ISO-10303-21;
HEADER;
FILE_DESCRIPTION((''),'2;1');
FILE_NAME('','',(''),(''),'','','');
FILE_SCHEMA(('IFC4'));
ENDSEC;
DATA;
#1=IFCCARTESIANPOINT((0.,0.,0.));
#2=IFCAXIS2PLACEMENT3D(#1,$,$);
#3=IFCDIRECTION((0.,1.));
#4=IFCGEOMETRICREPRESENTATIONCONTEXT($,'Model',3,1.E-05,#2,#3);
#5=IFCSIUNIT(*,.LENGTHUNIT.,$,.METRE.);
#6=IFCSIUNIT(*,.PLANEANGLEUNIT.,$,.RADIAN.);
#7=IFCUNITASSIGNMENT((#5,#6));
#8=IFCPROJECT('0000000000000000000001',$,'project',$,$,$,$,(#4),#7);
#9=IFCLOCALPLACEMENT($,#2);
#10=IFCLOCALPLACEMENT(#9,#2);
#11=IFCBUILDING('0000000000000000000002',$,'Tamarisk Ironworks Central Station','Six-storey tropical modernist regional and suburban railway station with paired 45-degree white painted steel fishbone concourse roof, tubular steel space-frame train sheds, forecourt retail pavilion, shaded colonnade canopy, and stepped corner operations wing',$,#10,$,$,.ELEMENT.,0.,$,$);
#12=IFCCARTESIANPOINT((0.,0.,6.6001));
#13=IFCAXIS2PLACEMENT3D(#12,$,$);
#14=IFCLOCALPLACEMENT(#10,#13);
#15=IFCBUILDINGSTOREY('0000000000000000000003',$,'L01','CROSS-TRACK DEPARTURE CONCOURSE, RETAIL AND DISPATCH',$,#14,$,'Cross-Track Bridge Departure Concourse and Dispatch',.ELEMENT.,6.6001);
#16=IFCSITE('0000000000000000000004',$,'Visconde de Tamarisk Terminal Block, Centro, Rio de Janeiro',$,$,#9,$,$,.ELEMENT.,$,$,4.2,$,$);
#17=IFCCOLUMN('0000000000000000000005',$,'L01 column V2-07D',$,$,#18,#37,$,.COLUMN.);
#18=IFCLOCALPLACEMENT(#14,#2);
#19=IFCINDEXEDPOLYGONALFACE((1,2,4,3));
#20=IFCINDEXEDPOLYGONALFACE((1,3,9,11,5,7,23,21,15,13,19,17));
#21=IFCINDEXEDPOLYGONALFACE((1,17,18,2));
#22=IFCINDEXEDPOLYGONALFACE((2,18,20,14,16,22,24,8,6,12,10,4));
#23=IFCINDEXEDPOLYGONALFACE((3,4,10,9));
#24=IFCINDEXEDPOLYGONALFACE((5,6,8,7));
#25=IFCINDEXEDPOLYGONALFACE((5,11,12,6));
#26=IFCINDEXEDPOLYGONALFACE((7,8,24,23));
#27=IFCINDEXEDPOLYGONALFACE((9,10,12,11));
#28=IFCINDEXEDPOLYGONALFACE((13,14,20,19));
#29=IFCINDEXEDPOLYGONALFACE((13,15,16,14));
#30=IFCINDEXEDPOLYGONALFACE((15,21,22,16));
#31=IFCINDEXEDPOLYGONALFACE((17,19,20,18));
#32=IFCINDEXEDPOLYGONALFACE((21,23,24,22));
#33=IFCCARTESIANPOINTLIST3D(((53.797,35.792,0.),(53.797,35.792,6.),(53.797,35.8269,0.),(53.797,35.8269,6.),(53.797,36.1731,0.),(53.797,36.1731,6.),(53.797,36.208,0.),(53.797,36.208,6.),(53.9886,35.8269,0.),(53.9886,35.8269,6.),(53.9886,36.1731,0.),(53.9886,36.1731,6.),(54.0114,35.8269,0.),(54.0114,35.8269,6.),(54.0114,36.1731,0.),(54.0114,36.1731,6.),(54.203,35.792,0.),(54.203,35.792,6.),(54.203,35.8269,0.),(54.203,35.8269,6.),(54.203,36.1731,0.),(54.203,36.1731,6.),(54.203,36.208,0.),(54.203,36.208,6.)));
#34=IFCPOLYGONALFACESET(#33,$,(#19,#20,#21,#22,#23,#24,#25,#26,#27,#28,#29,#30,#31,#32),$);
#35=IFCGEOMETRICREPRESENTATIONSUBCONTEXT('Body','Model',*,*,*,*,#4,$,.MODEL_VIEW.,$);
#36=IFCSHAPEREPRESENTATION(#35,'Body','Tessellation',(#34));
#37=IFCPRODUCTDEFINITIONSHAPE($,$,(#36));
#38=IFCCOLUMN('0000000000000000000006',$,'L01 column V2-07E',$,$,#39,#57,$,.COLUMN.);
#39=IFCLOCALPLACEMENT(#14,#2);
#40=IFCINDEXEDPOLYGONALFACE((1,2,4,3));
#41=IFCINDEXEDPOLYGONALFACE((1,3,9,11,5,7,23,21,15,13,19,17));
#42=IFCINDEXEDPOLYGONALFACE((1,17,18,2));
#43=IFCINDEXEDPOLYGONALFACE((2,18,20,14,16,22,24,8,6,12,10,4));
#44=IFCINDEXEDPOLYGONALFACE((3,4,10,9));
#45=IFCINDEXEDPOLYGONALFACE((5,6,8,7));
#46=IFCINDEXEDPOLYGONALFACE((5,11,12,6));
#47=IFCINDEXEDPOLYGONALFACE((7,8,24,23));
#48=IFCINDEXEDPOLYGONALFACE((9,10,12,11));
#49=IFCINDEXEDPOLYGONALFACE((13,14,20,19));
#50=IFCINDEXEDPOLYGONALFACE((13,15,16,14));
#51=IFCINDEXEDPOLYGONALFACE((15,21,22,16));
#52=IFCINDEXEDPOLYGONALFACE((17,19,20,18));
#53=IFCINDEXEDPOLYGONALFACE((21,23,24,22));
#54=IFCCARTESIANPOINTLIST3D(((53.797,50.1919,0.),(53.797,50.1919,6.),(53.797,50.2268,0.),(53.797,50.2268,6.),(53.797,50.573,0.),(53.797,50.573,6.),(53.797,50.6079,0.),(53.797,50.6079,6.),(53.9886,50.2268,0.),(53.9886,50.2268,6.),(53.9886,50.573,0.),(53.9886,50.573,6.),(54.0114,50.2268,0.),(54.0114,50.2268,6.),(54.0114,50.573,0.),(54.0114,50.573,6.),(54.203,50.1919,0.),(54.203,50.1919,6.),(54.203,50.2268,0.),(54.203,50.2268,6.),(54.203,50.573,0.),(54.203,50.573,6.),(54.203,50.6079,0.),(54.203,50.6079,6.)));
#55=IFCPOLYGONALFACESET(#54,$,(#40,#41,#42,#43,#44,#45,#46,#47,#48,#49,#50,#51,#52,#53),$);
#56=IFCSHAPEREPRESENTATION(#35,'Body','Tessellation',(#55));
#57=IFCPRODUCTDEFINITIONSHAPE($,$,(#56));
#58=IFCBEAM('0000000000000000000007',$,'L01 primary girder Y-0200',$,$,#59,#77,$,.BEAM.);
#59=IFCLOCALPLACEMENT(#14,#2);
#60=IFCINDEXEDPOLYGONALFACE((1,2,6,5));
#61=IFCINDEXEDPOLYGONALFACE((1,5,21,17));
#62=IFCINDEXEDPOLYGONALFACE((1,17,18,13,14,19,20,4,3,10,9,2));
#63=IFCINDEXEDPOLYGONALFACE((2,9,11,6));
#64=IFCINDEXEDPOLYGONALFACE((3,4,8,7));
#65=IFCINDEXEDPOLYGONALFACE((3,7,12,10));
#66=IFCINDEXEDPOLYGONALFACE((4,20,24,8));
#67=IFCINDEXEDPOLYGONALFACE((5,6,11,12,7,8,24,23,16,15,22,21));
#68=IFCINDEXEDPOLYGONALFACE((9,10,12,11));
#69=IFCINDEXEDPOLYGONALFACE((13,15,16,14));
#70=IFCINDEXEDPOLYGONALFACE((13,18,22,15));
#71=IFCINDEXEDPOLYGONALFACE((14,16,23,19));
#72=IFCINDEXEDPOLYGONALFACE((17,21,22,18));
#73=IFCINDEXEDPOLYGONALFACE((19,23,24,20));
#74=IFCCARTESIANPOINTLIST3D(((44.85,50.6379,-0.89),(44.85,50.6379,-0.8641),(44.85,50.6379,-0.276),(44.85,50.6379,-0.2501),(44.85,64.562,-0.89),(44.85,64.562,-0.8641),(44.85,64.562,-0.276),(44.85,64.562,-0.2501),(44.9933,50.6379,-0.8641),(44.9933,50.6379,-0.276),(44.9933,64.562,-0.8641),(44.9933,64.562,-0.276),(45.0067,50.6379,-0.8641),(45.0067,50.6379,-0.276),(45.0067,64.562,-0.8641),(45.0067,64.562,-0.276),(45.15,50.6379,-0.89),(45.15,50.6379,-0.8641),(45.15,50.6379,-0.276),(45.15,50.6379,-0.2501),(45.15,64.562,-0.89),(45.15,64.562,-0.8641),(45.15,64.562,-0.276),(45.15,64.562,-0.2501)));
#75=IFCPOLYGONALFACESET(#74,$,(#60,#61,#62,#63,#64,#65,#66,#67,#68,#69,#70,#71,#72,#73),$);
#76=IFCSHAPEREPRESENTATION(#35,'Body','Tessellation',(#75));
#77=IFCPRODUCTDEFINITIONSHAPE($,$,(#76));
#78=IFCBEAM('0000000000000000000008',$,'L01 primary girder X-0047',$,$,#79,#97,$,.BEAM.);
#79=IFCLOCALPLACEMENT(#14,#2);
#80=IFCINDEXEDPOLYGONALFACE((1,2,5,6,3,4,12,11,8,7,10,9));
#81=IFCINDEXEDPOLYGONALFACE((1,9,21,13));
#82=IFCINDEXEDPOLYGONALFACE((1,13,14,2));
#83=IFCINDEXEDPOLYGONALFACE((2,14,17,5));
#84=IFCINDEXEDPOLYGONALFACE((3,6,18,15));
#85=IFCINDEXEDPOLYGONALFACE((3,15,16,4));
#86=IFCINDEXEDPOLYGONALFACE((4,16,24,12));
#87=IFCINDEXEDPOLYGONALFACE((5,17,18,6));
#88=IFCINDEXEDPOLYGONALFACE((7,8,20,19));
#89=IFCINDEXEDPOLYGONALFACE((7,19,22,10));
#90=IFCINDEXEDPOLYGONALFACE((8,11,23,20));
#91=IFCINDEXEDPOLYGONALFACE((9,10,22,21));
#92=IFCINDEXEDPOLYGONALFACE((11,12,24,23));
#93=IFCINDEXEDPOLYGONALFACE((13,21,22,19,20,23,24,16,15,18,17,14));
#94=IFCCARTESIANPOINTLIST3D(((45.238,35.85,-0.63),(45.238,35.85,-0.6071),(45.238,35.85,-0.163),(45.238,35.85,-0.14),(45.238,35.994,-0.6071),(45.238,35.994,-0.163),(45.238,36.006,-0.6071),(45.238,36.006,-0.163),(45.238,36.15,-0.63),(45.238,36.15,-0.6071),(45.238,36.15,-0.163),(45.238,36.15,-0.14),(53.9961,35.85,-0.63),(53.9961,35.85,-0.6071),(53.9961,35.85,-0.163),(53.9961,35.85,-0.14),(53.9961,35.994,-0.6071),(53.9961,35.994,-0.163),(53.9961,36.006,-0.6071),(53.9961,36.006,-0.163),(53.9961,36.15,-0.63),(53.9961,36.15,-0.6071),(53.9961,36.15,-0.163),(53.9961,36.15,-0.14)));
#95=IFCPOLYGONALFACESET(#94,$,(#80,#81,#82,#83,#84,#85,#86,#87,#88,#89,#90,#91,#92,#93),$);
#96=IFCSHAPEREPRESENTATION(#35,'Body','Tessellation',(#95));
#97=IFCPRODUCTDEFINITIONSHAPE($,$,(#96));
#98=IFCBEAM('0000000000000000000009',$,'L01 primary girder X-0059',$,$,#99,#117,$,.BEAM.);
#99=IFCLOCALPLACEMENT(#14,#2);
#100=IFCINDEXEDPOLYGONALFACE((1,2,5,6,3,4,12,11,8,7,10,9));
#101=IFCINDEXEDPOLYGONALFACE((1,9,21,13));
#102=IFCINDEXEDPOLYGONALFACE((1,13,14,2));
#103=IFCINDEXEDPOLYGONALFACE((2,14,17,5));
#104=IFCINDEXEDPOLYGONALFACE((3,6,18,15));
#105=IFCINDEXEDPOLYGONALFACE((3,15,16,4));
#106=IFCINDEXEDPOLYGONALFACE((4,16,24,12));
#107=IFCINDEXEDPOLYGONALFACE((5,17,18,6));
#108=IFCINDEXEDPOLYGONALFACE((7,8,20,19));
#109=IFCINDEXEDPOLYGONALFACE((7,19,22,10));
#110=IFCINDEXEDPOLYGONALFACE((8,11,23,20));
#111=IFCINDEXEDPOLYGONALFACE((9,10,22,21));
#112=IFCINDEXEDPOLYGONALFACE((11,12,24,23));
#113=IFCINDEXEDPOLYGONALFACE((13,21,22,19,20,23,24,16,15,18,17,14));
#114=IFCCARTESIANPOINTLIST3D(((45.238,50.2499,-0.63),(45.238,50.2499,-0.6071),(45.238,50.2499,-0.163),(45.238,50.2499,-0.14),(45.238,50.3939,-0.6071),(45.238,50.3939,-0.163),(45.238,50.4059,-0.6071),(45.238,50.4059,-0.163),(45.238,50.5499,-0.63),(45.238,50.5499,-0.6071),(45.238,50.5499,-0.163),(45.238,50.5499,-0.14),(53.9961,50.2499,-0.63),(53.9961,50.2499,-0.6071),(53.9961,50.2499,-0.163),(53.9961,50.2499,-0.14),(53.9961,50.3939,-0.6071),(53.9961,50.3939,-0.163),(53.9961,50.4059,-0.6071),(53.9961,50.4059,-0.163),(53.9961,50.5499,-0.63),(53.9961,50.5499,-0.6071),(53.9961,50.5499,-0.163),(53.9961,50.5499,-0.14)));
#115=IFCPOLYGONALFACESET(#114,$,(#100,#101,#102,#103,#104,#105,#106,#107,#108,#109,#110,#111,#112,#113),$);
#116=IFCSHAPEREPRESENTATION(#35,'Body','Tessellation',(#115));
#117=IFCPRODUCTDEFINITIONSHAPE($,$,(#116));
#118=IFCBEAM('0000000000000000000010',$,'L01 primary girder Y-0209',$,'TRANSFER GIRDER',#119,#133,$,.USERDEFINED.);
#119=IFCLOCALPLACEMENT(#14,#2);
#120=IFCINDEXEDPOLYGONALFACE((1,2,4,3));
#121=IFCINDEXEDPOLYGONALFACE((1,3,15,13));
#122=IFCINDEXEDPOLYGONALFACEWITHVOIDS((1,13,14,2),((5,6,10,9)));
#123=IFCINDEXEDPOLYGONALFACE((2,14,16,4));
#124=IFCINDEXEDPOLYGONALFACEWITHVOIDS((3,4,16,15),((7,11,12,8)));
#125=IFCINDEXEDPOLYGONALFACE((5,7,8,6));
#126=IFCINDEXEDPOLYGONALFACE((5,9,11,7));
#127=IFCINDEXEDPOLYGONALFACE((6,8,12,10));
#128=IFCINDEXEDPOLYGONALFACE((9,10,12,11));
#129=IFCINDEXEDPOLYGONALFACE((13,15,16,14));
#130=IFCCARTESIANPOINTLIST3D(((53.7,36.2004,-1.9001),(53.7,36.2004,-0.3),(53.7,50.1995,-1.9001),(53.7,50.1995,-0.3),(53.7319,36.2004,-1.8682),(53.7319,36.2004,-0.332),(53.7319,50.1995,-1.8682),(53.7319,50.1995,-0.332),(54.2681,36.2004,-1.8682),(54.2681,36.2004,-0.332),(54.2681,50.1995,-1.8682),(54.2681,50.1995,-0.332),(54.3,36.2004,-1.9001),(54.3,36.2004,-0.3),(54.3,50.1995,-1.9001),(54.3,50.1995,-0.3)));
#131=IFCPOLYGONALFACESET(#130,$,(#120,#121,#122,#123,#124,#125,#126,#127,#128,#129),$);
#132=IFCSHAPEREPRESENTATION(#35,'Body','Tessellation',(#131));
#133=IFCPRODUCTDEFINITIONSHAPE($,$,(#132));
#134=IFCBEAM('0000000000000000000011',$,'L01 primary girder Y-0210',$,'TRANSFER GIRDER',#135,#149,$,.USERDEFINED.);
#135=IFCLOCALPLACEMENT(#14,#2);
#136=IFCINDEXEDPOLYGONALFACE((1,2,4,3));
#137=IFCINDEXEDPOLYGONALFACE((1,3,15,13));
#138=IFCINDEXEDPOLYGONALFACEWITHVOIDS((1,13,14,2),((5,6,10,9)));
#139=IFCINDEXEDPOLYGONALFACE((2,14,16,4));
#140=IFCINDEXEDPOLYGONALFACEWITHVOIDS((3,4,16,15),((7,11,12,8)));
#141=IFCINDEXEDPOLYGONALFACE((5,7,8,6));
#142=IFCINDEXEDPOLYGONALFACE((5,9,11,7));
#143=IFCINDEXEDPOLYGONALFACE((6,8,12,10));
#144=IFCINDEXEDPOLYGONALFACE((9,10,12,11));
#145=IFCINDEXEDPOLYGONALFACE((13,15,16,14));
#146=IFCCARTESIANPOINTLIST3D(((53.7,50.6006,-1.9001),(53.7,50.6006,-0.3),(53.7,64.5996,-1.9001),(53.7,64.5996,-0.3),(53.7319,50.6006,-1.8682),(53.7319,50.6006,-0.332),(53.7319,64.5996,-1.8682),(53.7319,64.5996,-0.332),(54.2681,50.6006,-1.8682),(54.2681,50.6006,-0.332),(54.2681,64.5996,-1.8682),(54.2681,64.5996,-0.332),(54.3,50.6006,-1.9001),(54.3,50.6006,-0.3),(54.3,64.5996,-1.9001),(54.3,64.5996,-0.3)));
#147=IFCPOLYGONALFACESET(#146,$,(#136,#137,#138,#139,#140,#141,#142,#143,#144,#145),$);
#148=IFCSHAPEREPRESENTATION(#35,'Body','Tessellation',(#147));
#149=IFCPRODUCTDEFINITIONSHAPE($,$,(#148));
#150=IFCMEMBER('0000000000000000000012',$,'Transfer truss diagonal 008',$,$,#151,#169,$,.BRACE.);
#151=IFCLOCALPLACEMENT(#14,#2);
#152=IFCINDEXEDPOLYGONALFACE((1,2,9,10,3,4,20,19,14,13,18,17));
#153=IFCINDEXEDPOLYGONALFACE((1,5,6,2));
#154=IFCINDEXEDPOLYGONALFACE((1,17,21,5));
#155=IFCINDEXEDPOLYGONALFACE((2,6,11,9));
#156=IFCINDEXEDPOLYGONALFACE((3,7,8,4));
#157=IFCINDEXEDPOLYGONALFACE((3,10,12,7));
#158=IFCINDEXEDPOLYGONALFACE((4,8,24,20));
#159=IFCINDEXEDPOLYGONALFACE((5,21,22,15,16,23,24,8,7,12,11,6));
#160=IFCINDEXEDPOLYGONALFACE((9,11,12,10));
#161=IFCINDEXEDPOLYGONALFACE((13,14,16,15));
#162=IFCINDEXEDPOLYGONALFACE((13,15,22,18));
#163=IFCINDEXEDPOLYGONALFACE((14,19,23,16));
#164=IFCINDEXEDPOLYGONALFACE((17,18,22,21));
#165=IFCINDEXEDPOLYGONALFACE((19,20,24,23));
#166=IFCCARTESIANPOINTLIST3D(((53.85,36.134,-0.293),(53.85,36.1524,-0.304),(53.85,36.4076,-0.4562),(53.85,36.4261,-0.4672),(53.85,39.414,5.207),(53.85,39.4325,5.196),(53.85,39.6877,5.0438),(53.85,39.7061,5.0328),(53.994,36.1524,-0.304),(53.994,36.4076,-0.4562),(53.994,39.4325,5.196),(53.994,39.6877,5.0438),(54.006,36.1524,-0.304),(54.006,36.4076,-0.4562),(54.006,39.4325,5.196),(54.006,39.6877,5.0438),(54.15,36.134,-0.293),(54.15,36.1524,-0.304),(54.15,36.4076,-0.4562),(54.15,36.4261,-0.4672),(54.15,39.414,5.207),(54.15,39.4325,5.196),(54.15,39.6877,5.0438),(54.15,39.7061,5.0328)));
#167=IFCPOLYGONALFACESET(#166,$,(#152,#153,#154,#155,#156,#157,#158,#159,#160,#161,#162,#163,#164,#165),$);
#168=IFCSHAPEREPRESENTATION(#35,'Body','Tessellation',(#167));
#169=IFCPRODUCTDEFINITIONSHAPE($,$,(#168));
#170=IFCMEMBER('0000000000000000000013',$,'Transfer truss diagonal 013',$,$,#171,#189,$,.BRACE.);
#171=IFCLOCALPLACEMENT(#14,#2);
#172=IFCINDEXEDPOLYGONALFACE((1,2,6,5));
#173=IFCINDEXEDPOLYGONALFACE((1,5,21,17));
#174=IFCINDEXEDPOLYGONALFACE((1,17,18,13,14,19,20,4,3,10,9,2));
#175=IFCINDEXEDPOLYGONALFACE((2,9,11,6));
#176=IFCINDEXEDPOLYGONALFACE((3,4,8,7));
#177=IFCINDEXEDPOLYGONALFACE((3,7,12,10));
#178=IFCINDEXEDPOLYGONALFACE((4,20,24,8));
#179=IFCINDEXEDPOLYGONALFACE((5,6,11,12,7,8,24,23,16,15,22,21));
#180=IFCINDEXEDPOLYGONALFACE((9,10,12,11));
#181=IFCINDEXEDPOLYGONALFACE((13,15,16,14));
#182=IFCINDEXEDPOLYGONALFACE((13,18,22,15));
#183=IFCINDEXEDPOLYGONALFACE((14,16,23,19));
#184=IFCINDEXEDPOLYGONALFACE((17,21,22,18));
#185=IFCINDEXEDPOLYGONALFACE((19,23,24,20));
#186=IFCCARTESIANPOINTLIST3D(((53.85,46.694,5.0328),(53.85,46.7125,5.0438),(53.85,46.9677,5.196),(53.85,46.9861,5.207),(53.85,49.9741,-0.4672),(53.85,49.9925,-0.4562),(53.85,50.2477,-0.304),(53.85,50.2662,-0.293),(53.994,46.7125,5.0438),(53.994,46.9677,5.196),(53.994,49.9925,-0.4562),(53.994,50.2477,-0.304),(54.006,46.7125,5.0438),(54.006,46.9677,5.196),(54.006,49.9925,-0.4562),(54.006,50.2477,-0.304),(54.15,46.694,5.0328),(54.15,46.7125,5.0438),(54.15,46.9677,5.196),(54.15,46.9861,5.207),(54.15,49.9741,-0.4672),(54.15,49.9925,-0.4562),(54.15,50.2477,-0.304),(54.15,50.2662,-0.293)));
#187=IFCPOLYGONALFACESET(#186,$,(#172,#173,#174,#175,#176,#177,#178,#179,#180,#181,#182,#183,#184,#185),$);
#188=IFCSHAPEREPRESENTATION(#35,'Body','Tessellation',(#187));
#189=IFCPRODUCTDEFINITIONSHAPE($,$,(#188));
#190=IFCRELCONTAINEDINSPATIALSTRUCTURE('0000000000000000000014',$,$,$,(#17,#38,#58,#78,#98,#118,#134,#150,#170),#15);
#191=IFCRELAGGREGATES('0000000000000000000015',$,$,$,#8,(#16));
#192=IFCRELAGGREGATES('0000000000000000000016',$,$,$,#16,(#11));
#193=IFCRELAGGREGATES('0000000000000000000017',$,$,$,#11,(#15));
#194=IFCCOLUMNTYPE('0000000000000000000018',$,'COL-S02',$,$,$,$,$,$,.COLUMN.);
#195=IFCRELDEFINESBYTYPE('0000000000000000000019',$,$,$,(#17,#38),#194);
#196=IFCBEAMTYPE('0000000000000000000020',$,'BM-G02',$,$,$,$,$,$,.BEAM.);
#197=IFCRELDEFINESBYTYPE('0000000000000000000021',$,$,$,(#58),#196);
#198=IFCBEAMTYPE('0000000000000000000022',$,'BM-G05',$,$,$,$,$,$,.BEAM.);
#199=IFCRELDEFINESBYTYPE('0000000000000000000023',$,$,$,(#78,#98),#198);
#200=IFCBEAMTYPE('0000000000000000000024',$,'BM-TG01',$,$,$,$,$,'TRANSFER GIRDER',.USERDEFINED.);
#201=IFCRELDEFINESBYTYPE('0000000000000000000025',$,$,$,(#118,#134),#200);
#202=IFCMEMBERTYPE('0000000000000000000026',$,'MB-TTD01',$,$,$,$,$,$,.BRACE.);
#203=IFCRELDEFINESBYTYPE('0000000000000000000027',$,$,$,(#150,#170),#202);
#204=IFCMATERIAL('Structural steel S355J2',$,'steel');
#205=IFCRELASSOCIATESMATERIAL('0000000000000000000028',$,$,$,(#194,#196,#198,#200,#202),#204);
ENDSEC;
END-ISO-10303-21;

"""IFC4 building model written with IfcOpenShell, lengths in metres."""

from ifc_helpers import new_model, si_unit, direction, frame, origin, origin_2d, place, context, subcontext, project, spatial, hollow_rectangle, i_section, extrude, material, material_profile, profile_set, type_object, element, save


model = new_model("IFC4")

# Units and contexts
model_context = context("Model", 3, precision=1e-05, world=origin(), true_north=direction((0.0, 1.0)))
body_context = subcontext(model_context, "Body", "Model", "MODEL_VIEW")
ifc_project = project(units=[si_unit("LENGTHUNIT", "METRE"), si_unit("PLANEANGLEUNIT", "RADIAN")], contexts=[model_context])

# Site, building, storey
site_placement = place(None, origin())
site = spatial("IfcSite", under=ifc_project, at=site_placement, Name="Visconde de Tamarisk Terminal Block, Centro, Rio de Janeiro", CompositionType="ELEMENT", RefElevation=4.2)
building_placement = place(site_placement, origin())
building = spatial("IfcBuilding", under=site, at=building_placement, Name="Tamarisk Ironworks Central Station", Description="Six-storey tropical modernist regional and suburban railway station with paired 45-degree white painted steel fishbone concourse roof, tubular steel space-frame train sheds, forecourt retail pavilion, shaded colonnade canopy, and stepped corner operations wing", CompositionType="ELEMENT", ElevationOfRefHeight=0.0)
storey_placement = place(building_placement, frame((0.0, 0.0, 6.6001)))
storey = spatial("IfcBuildingStorey", under=building, at=storey_placement, Name="L01", Description="CROSS-TRACK DEPARTURE CONCOURSE, RETAIL AND DISPATCH", LongName="Cross-Track Bridge Departure Concourse and Dispatch", CompositionType="ELEMENT", Elevation=6.6001)

# Columns
ifc_material = material(Name="Structural steel S355J2", Category="steel")
ifc_material_profile_1 = material_profile(ifc_material, i_section(OverallWidth=0.406, OverallDepth=0.416, WebThickness=0.0227, FlangeThickness=0.0349, at=origin_2d()), Name="HD 400x382")
ifc_profile_set_1 = profile_set([ifc_material_profile_1], Name="Structural steel S355J2")
column_type = type_object("IfcColumnType", Name="COL-S02", PredefinedType="COLUMN", material=ifc_profile_set_1)
for number, where, z_axis, x_axis, name in (
    (1, (54.0, 36.0, 0.0), (0.0, 0.0, 1.0), (1.0, 0.0, 0.0), "L01 column V2-07D"),
    (2, (54.0, 50.3999, 0.0), (0.0, 0.0, 1.0), (1.0, 0.0, 0.0), "L01 column V2-07E"),
):
    element("IfcColumn", number, at=place(storey_placement, frame(where, z_axis=z_axis, x_axis=x_axis)), inside=storey, type_object=column_type, Name=name, PredefinedType="COLUMN", context=body_context, shape_type="SweptSolid", body=[
        extrude(i_section(OverallWidth=0.406, OverallDepth=0.416, WebThickness=0.0227, FlangeThickness=0.0349, at=origin_2d()), origin(), (0.0, 0.0, 1.0), 6.0),
    ])

# Beams
ifc_material_profile_2 = material_profile(ifc_material, i_section(OverallWidth=0.3, OverallDepth=0.6399, WebThickness=0.0134, FlangeThickness=0.0259, at=origin_2d()), Name="HEA 650")
ifc_profile_set_2 = profile_set([ifc_material_profile_2], Name="Structural steel S355J2")
beam_type_1 = type_object("IfcBeamType", Name="BM-G02", PredefinedType="BEAM", material=ifc_profile_set_2)
beam_placement = place(storey_placement, frame((45.0, 50.6379, -0.5701), z_axis=(0.0, 1.0, 0.0), x_axis=(-1.0, 0.0, 0.0)))
element("IfcBeam", 3, at=beam_placement, inside=storey, type_object=beam_type_1, Name="L01 primary girder Y-0200", PredefinedType="BEAM", context=body_context, shape_type="SweptSolid", body=[
    extrude(i_section(OverallWidth=0.3, OverallDepth=0.6399, WebThickness=0.0134, FlangeThickness=0.0259, at=origin_2d()), origin(), (0.0, 0.0, 1.0), 13.9241),
])
ifc_material_profile_3 = material_profile(ifc_material, i_section(OverallWidth=0.3, OverallDepth=0.49, WebThickness=0.012, FlangeThickness=0.0229, at=origin_2d()), Name="HEA 500")
ifc_profile_set_3 = profile_set([ifc_material_profile_3], Name="Structural steel S355J2")
beam_type_2 = type_object("IfcBeamType", Name="BM-G05", PredefinedType="BEAM", material=ifc_profile_set_3)
for number, where, z_axis, x_axis, name in (
    (4, (45.238, 36.0, -0.385), (1.0, 0.0, 0.0), (0.0, 1.0, 0.0), "L01 primary girder X-0047"),
    (5, (45.238, 50.3999, -0.385), (1.0, 0.0, 0.0), (0.0, 1.0, 0.0), "L01 primary girder X-0059"),
):
    element("IfcBeam", number, at=place(storey_placement, frame(where, z_axis=z_axis, x_axis=x_axis)), inside=storey, type_object=beam_type_2, Name=name, PredefinedType="BEAM", context=body_context, shape_type="SweptSolid", body=[
        extrude(i_section(OverallWidth=0.3, OverallDepth=0.49, WebThickness=0.012, FlangeThickness=0.0229, at=origin_2d()), origin(), (0.0, 0.0, 1.0), 8.7581),
    ])
ifc_material_profile_4 = material_profile(ifc_material, hollow_rectangle(XDim=0.6001, YDim=1.6001, WallThickness=0.032, at=origin_2d()), Name="BOX 600x1600x32")
ifc_profile_set_4 = profile_set([ifc_material_profile_4], Name="Structural steel S355J2")
beam_type_3 = type_object("IfcBeamType", Name="BM-TG01", ElementType="TRANSFER GIRDER", PredefinedType="USERDEFINED", material=ifc_profile_set_4)
for number, where, z_axis, x_axis, name in (
    (6, (54.0, 36.2004, -1.1001), (0.0, 1.0, 0.0), (-1.0, 0.0, 0.0), "L01 primary girder Y-0209"),
    (7, (54.0, 50.6006, -1.1001), (0.0, 1.0, 0.0), (-1.0, 0.0, 0.0), "L01 primary girder Y-0210"),
):
    element("IfcBeam", number, at=place(storey_placement, frame(where, z_axis=z_axis, x_axis=x_axis)), inside=storey, type_object=beam_type_3, Name=name, ObjectType="TRANSFER GIRDER", PredefinedType="USERDEFINED", context=body_context, shape_type="SweptSolid", body=[
        extrude(hollow_rectangle(XDim=0.6001, YDim=1.6001, WallThickness=0.032, at=origin_2d()), origin(), (0.0, 0.0, 1.0), 13.999),
    ])

# Members
ifc_material_profile_5 = material_profile(ifc_material, i_section(OverallWidth=0.3, OverallDepth=0.3401, WebThickness=0.012, FlangeThickness=0.0215, at=origin_2d()), Name="HEB 340")
ifc_profile_set_5 = profile_set([ifc_material_profile_5], Name="Structural steel S355J2")
member_type_1 = type_object("IfcMemberType", Name="MB-TTD01", PredefinedType="BRACE", material=ifc_profile_set_5)
for number, where, z_axis, x_axis, name in (
    (8, (54.0, 36.28, -0.3801), (0.0, 0.512201, 0.858866), (-1.0, 0.0, 0.0), "Transfer truss diagonal 008"),
    (9, (54.0, 46.8401, 5.1199), (0.0, 0.512201, -0.858866), (-1.0, 0.0, 0.0), "Transfer truss diagonal 013"),
):
    element("IfcMember", number, at=place(storey_placement, frame(where, z_axis=z_axis, x_axis=x_axis)), inside=storey, type_object=member_type_1, Name=name, PredefinedType="BRACE", context=body_context, shape_type="SweptSolid", body=[
        extrude(i_section(OverallWidth=0.3, OverallDepth=0.3401, WebThickness=0.012, FlangeThickness=0.0215, at=origin_2d()), origin(), (0.0, 0.0, 1.0), 6.4038),
    ])

save(model, "model.ifc")
